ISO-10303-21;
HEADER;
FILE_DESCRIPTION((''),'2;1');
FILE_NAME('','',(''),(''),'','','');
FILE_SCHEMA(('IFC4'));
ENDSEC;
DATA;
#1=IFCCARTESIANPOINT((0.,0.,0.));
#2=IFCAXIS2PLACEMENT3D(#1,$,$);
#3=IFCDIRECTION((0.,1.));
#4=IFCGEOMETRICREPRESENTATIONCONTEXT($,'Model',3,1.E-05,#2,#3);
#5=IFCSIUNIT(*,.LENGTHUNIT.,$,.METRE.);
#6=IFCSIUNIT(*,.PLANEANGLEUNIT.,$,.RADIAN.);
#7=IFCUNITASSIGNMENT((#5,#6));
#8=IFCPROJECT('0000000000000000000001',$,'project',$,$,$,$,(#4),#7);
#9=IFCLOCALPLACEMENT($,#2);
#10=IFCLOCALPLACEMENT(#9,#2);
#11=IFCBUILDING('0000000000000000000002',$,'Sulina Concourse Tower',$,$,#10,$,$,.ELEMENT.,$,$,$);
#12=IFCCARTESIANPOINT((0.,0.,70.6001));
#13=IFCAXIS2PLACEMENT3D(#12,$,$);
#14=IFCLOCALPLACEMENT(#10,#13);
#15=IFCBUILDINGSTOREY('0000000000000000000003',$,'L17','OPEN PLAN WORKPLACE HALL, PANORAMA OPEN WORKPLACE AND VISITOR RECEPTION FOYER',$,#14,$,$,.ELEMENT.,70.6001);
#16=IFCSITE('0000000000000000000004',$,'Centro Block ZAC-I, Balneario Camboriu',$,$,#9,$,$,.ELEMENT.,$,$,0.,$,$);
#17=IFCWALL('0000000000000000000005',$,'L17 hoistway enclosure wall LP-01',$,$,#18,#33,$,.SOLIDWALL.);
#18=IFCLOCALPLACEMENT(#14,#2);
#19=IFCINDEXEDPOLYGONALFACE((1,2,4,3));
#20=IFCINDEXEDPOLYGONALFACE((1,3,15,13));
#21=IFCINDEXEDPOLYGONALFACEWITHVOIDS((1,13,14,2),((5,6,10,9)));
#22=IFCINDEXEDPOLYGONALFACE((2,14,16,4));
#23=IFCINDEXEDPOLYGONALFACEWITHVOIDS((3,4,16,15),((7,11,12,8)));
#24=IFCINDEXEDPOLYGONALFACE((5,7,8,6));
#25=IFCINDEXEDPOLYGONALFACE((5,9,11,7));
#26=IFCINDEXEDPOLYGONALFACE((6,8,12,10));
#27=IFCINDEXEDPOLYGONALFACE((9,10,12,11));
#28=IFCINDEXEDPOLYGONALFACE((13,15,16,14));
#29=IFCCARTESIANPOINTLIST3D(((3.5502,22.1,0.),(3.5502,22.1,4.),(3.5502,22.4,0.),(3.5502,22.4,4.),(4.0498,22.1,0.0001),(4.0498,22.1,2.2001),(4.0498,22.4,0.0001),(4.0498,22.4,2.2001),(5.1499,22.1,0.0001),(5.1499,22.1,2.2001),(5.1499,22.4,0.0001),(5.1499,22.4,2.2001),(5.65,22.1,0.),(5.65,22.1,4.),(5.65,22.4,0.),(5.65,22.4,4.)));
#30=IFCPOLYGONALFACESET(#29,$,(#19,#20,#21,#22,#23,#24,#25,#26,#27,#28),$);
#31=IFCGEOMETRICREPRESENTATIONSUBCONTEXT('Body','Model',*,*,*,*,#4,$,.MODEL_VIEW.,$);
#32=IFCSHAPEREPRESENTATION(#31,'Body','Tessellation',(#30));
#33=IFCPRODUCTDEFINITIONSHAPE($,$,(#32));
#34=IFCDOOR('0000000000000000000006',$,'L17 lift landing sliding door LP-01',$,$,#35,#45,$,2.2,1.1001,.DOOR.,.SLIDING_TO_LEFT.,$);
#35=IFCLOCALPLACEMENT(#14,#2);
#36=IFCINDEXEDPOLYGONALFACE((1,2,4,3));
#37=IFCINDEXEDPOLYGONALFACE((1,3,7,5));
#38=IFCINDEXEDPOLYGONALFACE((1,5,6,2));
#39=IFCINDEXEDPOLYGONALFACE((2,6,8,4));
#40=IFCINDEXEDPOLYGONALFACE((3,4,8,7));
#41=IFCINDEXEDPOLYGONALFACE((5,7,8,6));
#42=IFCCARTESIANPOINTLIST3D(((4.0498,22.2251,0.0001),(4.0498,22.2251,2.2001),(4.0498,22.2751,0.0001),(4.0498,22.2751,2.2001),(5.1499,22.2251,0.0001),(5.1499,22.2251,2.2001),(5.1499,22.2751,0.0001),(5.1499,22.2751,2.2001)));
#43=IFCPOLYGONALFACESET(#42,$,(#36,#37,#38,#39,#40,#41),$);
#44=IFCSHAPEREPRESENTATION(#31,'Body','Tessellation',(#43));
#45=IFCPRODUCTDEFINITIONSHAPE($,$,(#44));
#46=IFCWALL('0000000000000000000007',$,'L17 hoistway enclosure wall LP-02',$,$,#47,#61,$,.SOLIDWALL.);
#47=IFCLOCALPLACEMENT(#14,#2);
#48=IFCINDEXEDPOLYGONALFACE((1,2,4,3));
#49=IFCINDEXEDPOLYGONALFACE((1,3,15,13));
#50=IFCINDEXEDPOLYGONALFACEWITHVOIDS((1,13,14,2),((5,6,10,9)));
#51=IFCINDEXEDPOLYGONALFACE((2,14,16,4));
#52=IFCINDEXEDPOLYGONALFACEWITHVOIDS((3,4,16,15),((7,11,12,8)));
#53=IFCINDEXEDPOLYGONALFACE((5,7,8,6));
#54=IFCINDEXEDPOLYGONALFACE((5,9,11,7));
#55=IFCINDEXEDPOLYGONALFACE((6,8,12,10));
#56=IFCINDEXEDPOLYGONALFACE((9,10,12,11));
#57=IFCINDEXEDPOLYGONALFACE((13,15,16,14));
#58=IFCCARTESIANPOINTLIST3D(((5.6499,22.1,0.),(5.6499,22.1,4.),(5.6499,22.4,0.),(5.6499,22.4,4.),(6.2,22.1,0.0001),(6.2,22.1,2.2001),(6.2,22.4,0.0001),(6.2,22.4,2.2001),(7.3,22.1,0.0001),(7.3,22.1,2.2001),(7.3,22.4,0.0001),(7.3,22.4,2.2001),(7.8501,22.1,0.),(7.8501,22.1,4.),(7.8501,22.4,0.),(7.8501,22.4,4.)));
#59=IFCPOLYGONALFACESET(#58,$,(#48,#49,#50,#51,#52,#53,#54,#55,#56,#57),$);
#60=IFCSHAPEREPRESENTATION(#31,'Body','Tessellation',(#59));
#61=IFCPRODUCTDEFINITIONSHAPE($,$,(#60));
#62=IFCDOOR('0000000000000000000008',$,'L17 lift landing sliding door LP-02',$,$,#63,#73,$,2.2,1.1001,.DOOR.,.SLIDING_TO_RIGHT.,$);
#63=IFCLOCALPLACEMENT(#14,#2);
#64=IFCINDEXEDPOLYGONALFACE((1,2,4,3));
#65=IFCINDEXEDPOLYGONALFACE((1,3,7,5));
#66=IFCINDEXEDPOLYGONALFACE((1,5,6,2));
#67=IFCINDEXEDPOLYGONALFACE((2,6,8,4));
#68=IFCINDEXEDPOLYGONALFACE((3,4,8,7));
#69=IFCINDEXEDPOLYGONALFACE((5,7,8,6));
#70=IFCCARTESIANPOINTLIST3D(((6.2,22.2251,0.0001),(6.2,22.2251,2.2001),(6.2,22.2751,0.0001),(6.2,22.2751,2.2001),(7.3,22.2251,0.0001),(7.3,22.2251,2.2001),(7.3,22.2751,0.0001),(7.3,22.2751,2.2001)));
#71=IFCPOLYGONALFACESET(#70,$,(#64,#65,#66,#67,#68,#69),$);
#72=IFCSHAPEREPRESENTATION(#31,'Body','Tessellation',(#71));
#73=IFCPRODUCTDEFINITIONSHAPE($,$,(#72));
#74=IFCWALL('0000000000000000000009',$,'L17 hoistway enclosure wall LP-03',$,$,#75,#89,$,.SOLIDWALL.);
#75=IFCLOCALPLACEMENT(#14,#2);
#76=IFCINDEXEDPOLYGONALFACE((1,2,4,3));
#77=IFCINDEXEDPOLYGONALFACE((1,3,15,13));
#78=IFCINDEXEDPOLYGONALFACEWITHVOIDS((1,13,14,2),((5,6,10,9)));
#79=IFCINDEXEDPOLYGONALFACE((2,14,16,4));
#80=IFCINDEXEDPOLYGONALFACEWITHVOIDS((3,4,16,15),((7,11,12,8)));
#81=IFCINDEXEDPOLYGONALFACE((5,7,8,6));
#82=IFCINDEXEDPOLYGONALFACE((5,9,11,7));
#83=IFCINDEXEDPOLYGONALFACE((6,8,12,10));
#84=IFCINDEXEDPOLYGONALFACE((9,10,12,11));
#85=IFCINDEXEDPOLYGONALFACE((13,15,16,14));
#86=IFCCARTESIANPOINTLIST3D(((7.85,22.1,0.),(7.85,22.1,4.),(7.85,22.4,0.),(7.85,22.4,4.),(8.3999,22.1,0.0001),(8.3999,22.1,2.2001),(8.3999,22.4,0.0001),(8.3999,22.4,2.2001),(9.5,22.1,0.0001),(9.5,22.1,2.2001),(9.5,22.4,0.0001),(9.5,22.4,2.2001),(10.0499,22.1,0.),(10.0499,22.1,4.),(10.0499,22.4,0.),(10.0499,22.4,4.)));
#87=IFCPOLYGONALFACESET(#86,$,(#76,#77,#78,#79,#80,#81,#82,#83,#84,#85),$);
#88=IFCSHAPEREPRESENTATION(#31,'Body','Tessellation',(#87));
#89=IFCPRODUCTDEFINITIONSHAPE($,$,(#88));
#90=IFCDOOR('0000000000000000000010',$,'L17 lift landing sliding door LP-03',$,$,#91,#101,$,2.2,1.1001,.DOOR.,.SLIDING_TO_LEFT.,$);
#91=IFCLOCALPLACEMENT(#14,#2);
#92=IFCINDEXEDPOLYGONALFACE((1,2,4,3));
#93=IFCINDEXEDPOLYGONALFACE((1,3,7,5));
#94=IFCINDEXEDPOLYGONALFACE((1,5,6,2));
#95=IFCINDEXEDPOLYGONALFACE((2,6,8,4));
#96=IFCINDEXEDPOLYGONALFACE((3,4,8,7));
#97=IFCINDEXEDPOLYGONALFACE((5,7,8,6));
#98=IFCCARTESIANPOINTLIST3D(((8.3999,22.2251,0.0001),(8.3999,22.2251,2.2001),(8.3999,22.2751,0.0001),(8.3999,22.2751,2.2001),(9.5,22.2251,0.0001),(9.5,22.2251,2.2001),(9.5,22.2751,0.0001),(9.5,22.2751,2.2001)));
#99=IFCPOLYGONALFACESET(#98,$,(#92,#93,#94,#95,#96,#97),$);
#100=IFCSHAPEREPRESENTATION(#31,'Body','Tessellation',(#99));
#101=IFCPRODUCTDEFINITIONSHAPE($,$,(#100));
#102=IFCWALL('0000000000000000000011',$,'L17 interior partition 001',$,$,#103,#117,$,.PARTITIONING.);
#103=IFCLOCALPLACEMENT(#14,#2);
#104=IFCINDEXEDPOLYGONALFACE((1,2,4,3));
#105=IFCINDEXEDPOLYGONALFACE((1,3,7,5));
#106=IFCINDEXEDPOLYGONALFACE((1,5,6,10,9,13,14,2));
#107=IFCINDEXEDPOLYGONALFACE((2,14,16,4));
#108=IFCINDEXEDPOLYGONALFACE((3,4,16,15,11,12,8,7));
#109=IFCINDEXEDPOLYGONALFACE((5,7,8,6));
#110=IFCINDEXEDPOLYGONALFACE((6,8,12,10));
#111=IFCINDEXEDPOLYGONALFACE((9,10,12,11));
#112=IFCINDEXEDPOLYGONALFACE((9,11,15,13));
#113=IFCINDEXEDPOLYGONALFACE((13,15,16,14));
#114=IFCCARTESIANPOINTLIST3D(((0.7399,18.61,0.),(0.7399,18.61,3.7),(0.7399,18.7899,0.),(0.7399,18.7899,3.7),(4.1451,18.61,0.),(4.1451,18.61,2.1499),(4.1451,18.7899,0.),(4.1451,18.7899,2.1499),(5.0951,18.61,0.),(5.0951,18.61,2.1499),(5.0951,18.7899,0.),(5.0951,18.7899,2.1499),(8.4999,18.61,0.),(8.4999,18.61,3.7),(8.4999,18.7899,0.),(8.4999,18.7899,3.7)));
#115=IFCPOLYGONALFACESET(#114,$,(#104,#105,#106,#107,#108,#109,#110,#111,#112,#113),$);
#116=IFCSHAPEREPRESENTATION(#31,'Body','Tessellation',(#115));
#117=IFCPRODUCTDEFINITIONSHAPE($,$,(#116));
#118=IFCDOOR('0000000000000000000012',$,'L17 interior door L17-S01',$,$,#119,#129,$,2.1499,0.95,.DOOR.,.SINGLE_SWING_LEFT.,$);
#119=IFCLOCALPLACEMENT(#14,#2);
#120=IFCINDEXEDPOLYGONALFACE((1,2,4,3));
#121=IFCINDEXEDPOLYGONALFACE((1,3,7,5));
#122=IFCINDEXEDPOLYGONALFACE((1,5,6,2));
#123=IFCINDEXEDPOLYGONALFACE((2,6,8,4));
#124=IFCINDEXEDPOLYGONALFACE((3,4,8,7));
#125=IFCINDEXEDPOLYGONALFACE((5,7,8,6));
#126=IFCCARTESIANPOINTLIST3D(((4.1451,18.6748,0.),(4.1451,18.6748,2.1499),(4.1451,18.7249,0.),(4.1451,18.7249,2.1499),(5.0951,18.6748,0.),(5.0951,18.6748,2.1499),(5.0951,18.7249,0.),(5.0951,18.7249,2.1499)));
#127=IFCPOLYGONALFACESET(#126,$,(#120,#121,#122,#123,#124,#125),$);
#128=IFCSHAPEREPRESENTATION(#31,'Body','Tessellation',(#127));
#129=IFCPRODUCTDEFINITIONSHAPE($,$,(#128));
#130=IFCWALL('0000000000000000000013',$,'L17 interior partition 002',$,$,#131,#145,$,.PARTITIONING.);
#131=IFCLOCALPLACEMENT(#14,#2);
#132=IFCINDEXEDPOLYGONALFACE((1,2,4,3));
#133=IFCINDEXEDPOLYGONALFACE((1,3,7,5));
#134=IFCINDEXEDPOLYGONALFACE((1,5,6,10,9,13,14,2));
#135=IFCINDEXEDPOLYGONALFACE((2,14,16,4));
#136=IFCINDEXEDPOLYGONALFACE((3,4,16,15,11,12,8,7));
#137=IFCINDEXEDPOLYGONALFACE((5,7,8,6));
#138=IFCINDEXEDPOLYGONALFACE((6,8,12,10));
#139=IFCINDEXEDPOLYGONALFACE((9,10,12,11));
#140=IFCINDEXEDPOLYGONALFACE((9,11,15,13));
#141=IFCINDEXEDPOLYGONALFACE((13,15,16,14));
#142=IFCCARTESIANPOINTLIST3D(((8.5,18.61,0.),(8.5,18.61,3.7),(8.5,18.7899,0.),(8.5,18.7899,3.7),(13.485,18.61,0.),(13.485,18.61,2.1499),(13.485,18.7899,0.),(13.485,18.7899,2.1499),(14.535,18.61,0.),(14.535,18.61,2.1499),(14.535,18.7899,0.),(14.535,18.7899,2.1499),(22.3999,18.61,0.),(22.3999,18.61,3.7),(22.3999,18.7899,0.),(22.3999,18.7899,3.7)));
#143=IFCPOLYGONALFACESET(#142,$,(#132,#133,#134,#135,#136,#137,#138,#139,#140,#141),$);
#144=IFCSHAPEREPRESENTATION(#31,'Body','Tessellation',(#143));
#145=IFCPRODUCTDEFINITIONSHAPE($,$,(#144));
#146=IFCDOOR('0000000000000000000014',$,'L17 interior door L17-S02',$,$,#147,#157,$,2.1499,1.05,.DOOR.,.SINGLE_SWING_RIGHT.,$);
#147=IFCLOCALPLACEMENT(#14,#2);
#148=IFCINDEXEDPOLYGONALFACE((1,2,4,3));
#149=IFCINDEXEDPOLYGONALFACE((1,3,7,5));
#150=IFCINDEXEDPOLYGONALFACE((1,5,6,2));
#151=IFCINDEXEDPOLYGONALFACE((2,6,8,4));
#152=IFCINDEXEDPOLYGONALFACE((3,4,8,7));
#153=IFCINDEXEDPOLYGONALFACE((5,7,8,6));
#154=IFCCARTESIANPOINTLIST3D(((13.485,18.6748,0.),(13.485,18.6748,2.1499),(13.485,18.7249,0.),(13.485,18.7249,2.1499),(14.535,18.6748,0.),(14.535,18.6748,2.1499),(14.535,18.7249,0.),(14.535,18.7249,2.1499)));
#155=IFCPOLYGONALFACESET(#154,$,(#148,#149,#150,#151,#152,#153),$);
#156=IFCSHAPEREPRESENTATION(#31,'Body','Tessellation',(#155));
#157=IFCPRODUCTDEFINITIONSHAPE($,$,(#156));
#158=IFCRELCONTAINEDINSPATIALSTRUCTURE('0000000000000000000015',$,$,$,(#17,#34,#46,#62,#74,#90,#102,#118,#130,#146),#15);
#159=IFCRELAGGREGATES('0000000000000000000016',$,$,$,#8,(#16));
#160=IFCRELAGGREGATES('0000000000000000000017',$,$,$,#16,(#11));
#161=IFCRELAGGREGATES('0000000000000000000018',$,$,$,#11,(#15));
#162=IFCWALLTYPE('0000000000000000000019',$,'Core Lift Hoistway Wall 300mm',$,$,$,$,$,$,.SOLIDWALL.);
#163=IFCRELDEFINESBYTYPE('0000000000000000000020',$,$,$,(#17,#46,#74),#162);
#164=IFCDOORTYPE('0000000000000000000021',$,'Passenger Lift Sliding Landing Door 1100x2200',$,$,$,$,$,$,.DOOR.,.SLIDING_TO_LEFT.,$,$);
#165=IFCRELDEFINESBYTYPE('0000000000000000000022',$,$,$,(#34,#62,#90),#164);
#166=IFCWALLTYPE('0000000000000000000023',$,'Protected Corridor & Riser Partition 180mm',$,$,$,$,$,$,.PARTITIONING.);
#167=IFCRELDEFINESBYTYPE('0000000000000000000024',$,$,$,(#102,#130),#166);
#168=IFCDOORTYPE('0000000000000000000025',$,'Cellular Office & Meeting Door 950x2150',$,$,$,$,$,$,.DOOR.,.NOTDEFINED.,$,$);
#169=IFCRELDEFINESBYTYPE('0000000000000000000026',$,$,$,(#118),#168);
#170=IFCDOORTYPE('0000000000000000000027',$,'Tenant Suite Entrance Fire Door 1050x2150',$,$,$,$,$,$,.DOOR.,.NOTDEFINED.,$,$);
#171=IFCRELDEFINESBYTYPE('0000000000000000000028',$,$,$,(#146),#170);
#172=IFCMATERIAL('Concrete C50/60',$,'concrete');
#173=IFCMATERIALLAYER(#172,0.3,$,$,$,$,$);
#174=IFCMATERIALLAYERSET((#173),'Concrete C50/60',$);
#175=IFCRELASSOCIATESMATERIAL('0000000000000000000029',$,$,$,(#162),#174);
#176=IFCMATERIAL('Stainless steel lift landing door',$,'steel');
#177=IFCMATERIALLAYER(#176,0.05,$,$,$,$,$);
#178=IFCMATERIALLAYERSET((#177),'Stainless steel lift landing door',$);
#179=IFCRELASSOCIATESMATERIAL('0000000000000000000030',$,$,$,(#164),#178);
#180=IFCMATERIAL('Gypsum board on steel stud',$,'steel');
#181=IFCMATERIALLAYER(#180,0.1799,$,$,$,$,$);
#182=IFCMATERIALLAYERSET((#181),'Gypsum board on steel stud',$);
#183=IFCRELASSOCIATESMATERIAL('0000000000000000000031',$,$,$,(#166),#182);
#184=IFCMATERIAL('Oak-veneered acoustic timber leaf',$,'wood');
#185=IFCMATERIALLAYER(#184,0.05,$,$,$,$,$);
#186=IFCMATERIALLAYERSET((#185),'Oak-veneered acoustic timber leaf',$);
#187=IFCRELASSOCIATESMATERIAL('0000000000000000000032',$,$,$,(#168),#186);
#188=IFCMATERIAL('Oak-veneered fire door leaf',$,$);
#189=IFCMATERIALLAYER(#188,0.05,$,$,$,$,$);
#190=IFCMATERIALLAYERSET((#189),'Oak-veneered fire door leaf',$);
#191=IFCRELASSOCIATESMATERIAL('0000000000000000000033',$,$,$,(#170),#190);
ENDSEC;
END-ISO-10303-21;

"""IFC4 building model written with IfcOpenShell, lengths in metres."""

from ifc_helpers import new_model, si_unit, direction, frame, frame_2d, origin, place, context, subcontext, project, spatial, rectangle, extrude, material, layer, layer_set, type_object, element, fill, save


model = new_model("IFC4")

# Units and contexts
model_context = context("Model", 3, precision=1e-05, world=origin(), true_north=direction((0.0, 1.0)))
body_context = subcontext(model_context, "Body", "Model", "MODEL_VIEW")
ifc_project = project(units=[si_unit("LENGTHUNIT", "METRE"), si_unit("PLANEANGLEUNIT", "RADIAN")], contexts=[model_context])

# Site, building, storey
site_placement = place(None, origin())
site = spatial("IfcSite", under=ifc_project, at=site_placement, Name="Centro Block ZAC-I, Balneario Camboriu", CompositionType="ELEMENT", RefElevation=0.0)
building_placement = place(site_placement, origin())
building = spatial("IfcBuilding", under=site, at=building_placement, Name="Sulina Concourse Tower", CompositionType="ELEMENT")
storey_placement = place(building_placement, frame((0.0, 0.0, 70.6001)))
storey = spatial("IfcBuildingStorey", under=building, at=storey_placement, Name="L17", Description="OPEN PLAN WORKPLACE HALL, PANORAMA OPEN WORKPLACE AND VISITOR RECEPTION FOYER", CompositionType="ELEMENT", Elevation=70.6001)

# Walls, openings, doors
ifc_material_1 = material(Name="Concrete C50/60", Category="concrete")
ifc_layer_1 = layer(ifc_material_1, 0.3)
ifc_layer_set_1 = layer_set([ifc_layer_1], Name="Concrete C50/60")
wall_type_1 = type_object("IfcWallType", Name="Core Lift Hoistway Wall 300mm", PredefinedType="SOLIDWALL", material=ifc_layer_set_1)
wall_1_placement = place(storey_placement, frame((5.6499, 22.25, 0.0), z_axis=(0.0, 0.0, 1.0), x_axis=(-1.0, 0.0, 0.0)))
wall_1 = element("IfcWall", 1, at=wall_1_placement, inside=storey, type_object=wall_type_1, Name="L17 hoistway enclosure wall LP-01", PredefinedType="SOLIDWALL", context=body_context, shape_type="SweptSolid", body=[
    extrude(rectangle(XDim=2.0999, YDim=0.3, at=frame_2d((1.0498, 0.0))), origin(), (0.0, 0.0, 1.0), 4.0),
])
opening_1_placement = place(wall_1_placement, frame((0.5, 0.0, 0.0)))
opening_1 = element("IfcOpeningElement", 2, at=opening_1_placement, cuts=wall_1, PredefinedType="OPENING", context=body_context, shape_type="SweptSolid", body=[
    extrude(rectangle(XDim=1.1001, YDim=2.2, at=frame_2d((0.55, 1.1001))), frame((0.0, 0.1599, 0.0), z_axis=(0.0, -1.0, 0.0), x_axis=(1.0, 0.0, 0.0)), (0.0, 0.0, 1.0), 0.3201),
])
ifc_material_2 = material(Name="Stainless steel lift landing door", Category="steel")
ifc_layer_2 = layer(ifc_material_2, 0.05)
ifc_layer_set_2 = layer_set([ifc_layer_2], Name="Stainless steel lift landing door")
door_type_1 = type_object("IfcDoorType", Name="Passenger Lift Sliding Landing Door 1100x2200", OperationType="SLIDING_TO_LEFT", PredefinedType="DOOR", material=ifc_layer_set_2)
door_1_placement = place(opening_1_placement, origin())
door_1 = element("IfcDoor", 3, at=door_1_placement, inside=storey, type_object=door_type_1, Name="L17 lift landing sliding door LP-01", OperationType="SLIDING_TO_LEFT", OverallHeight=2.2, OverallWidth=1.1001, PredefinedType="DOOR", context=body_context, shape_type="SweptSolid", body=[
    extrude(rectangle(XDim=1.1001, YDim=2.2, at=frame_2d((0.55, 1.1001))), frame((0.0, 0.0249, 0.0), z_axis=(0.0, -1.0, 0.0), x_axis=(1.0, 0.0, 0.0)), (0.0, 0.0, 1.0), 0.05),
])
fill(opening_1, door_1)
wall_2_placement = place(storey_placement, frame((7.8501, 22.25, 0.0), z_axis=(0.0, 0.0, 1.0), x_axis=(-1.0, 0.0, 0.0)))
wall_2 = element("IfcWall", 4, at=wall_2_placement, inside=storey, type_object=wall_type_1, Name="L17 hoistway enclosure wall LP-02", PredefinedType="SOLIDWALL", context=body_context, shape_type="SweptSolid", body=[
    extrude(rectangle(XDim=2.2002, YDim=0.3, at=frame_2d((1.1001, 0.0))), origin(), (0.0, 0.0, 1.0), 4.0),
])
opening_2_placement = place(wall_2_placement, frame((0.55, 0.0, 0.0)))
opening_2 = element("IfcOpeningElement", 5, at=opening_2_placement, cuts=wall_2, PredefinedType="OPENING", context=body_context, shape_type="SweptSolid", body=[
    extrude(rectangle(XDim=1.1001, YDim=2.2, at=frame_2d((0.55, 1.1001))), frame((0.0, 0.1599, 0.0), z_axis=(0.0, -1.0, 0.0), x_axis=(1.0, 0.0, 0.0)), (0.0, 0.0, 1.0), 0.3201),
])
door_2_placement = place(opening_2_placement, origin())
door_2 = element("IfcDoor", 6, at=door_2_placement, inside=storey, type_object=door_type_1, Name="L17 lift landing sliding door LP-02", OperationType="SLIDING_TO_RIGHT", OverallHeight=2.2, OverallWidth=1.1001, PredefinedType="DOOR", context=body_context, shape_type="SweptSolid", body=[
    extrude(rectangle(XDim=1.1001, YDim=2.2, at=frame_2d((0.55, 1.1001))), frame((0.0, 0.0249, 0.0), z_axis=(0.0, -1.0, 0.0), x_axis=(1.0, 0.0, 0.0)), (0.0, 0.0, 1.0), 0.05),
])
fill(opening_2, door_2)
wall_3_placement = place(storey_placement, frame((10.05, 22.25, 0.0), z_axis=(0.0, 0.0, 1.0), x_axis=(-1.0, 0.0, 0.0)))
wall_3 = element("IfcWall", 7, at=wall_3_placement, inside=storey, type_object=wall_type_1, Name="L17 hoistway enclosure wall LP-03", PredefinedType="SOLIDWALL", context=body_context, shape_type="SweptSolid", body=[
    extrude(rectangle(XDim=2.2, YDim=0.3, at=frame_2d((1.1001, 0.0))), origin(), (0.0, 0.0, 1.0), 4.0),
])
opening_3_placement = place(wall_3_placement, frame((0.55, 0.0, 0.0)))
opening_3 = element("IfcOpeningElement", 8, at=opening_3_placement, cuts=wall_3, PredefinedType="OPENING", context=body_context, shape_type="SweptSolid", body=[
    extrude(rectangle(XDim=1.1001, YDim=2.2, at=frame_2d((0.55, 1.1001))), frame((0.0, 0.1599, 0.0), z_axis=(0.0, -1.0, 0.0), x_axis=(1.0, 0.0, 0.0)), (0.0, 0.0, 1.0), 0.3201),
])
door_3_placement = place(opening_3_placement, origin())
door_3 = element("IfcDoor", 9, at=door_3_placement, inside=storey, type_object=door_type_1, Name="L17 lift landing sliding door LP-03", OperationType="SLIDING_TO_LEFT", OverallHeight=2.2, OverallWidth=1.1001, PredefinedType="DOOR", context=body_context, shape_type="SweptSolid", body=[
    extrude(rectangle(XDim=1.1001, YDim=2.2, at=frame_2d((0.55, 1.1001))), frame((0.0, 0.0249, 0.0), z_axis=(0.0, -1.0, 0.0), x_axis=(1.0, 0.0, 0.0)), (0.0, 0.0, 1.0), 0.05),
])
fill(opening_3, door_3)
ifc_material_3 = material(Name="Gypsum board on steel stud", Category="steel")
ifc_layer_3 = layer(ifc_material_3, 0.1799)
ifc_layer_set_3 = layer_set([ifc_layer_3], Name="Gypsum board on steel stud")
wall_type_2 = type_object("IfcWallType", Name="Protected Corridor & Riser Partition 180mm", PredefinedType="PARTITIONING", material=ifc_layer_set_3)
wall_4_placement = place(storey_placement, frame((0.74, 18.7, 0.0), z_axis=(0.0, 0.0, 1.0), x_axis=(1.0, 0.0, 0.0)))
wall_4 = element("IfcWall", 10, at=wall_4_placement, inside=storey, type_object=wall_type_2, Name="L17 interior partition 001", PredefinedType="PARTITIONING", context=body_context, shape_type="SweptSolid", body=[
    extrude(rectangle(XDim=7.76, YDim=0.1799, at=frame_2d((3.8799, 0.0))), origin(), (0.0, 0.0, 1.0), 3.7),
])
opening_4_placement = place(wall_4_placement, frame((3.405, 0.0, 0.0)))
opening_4 = element("IfcOpeningElement", 11, at=opening_4_placement, cuts=wall_4, PredefinedType="OPENING", context=body_context, shape_type="SweptSolid", body=[
    extrude(rectangle(XDim=0.95, YDim=2.1499, at=frame_2d((0.4751, 1.075))), frame((0.0, 0.0999, 0.0), z_axis=(0.0, -1.0, 0.0), x_axis=(1.0, 0.0, 0.0)), (0.0, 0.0, 1.0), 0.2),
])
ifc_material_4 = material(Name="Oak-veneered acoustic timber leaf", Category="wood")
ifc_layer_4 = layer(ifc_material_4, 0.05)
ifc_layer_set_4 = layer_set([ifc_layer_4], Name="Oak-veneered acoustic timber leaf")
door_type_2 = type_object("IfcDoorType", Name="Cellular Office & Meeting Door 950x2150", OperationType="NOTDEFINED", PredefinedType="DOOR", material=ifc_layer_set_4)
door_4_placement = place(opening_4_placement, origin())
door_4 = element("IfcDoor", 12, at=door_4_placement, inside=storey, type_object=door_type_2, Name="L17 interior door L17-S01", OperationType="SINGLE_SWING_LEFT", OverallHeight=2.1499, OverallWidth=0.95, PredefinedType="DOOR", context=body_context, shape_type="SweptSolid", body=[
    extrude(rectangle(XDim=0.95, YDim=2.1499, at=frame_2d((0.4751, 1.075))), frame((0.0, 0.0249, 0.0), z_axis=(0.0, -1.0, 0.0), x_axis=(1.0, 0.0, 0.0)), (0.0, 0.0, 1.0), 0.05),
])
fill(opening_4, door_4)
wall_5_placement = place(storey_placement, frame((8.5, 18.7, 0.0), z_axis=(0.0, 0.0, 1.0), x_axis=(1.0, 0.0, 0.0)))
wall_5 = element("IfcWall", 13, at=wall_5_placement, inside=storey, type_object=wall_type_2, Name="L17 interior partition 002", PredefinedType="PARTITIONING", context=body_context, shape_type="SweptSolid", body=[
    extrude(rectangle(XDim=13.8999, YDim=0.1799, at=frame_2d((6.95, 0.0))), origin(), (0.0, 0.0, 1.0), 3.7),
])
opening_5_placement = place(wall_5_placement, frame((4.9851, 0.0, 0.0)))
opening_5 = element("IfcOpeningElement", 14, at=opening_5_placement, cuts=wall_5, PredefinedType="OPENING", context=body_context, shape_type="SweptSolid", body=[
    extrude(rectangle(XDim=1.05, YDim=2.1499, at=frame_2d((0.5249, 1.075))), frame((0.0, 0.0999, 0.0), z_axis=(0.0, -1.0, 0.0), x_axis=(1.0, 0.0, 0.0)), (0.0, 0.0, 1.0), 0.2),
])
ifc_material_5 = material(Name="Oak-veneered fire door leaf")
ifc_layer_5 = layer(ifc_material_5, 0.05)
ifc_layer_set_5 = layer_set([ifc_layer_5], Name="Oak-veneered fire door leaf")
door_type_3 = type_object("IfcDoorType", Name="Tenant Suite Entrance Fire Door 1050x2150", OperationType="NOTDEFINED", PredefinedType="DOOR", material=ifc_layer_set_5)
door_5_placement = place(opening_5_placement, origin())
door_5 = element("IfcDoor", 15, at=door_5_placement, inside=storey, type_object=door_type_3, Name="L17 interior door L17-S02", OperationType="SINGLE_SWING_RIGHT", OverallHeight=2.1499, OverallWidth=1.05, PredefinedType="DOOR", context=body_context, shape_type="SweptSolid", body=[
    extrude(rectangle(XDim=1.05, YDim=2.1499, at=frame_2d((0.5249, 1.075))), frame((0.0, 0.0249, 0.0), z_axis=(0.0, -1.0, 0.0), x_axis=(1.0, 0.0, 0.0)), (0.0, 0.0, 1.0), 0.05),
])
fill(opening_5, door_5)

save(model, "model.ifc")
